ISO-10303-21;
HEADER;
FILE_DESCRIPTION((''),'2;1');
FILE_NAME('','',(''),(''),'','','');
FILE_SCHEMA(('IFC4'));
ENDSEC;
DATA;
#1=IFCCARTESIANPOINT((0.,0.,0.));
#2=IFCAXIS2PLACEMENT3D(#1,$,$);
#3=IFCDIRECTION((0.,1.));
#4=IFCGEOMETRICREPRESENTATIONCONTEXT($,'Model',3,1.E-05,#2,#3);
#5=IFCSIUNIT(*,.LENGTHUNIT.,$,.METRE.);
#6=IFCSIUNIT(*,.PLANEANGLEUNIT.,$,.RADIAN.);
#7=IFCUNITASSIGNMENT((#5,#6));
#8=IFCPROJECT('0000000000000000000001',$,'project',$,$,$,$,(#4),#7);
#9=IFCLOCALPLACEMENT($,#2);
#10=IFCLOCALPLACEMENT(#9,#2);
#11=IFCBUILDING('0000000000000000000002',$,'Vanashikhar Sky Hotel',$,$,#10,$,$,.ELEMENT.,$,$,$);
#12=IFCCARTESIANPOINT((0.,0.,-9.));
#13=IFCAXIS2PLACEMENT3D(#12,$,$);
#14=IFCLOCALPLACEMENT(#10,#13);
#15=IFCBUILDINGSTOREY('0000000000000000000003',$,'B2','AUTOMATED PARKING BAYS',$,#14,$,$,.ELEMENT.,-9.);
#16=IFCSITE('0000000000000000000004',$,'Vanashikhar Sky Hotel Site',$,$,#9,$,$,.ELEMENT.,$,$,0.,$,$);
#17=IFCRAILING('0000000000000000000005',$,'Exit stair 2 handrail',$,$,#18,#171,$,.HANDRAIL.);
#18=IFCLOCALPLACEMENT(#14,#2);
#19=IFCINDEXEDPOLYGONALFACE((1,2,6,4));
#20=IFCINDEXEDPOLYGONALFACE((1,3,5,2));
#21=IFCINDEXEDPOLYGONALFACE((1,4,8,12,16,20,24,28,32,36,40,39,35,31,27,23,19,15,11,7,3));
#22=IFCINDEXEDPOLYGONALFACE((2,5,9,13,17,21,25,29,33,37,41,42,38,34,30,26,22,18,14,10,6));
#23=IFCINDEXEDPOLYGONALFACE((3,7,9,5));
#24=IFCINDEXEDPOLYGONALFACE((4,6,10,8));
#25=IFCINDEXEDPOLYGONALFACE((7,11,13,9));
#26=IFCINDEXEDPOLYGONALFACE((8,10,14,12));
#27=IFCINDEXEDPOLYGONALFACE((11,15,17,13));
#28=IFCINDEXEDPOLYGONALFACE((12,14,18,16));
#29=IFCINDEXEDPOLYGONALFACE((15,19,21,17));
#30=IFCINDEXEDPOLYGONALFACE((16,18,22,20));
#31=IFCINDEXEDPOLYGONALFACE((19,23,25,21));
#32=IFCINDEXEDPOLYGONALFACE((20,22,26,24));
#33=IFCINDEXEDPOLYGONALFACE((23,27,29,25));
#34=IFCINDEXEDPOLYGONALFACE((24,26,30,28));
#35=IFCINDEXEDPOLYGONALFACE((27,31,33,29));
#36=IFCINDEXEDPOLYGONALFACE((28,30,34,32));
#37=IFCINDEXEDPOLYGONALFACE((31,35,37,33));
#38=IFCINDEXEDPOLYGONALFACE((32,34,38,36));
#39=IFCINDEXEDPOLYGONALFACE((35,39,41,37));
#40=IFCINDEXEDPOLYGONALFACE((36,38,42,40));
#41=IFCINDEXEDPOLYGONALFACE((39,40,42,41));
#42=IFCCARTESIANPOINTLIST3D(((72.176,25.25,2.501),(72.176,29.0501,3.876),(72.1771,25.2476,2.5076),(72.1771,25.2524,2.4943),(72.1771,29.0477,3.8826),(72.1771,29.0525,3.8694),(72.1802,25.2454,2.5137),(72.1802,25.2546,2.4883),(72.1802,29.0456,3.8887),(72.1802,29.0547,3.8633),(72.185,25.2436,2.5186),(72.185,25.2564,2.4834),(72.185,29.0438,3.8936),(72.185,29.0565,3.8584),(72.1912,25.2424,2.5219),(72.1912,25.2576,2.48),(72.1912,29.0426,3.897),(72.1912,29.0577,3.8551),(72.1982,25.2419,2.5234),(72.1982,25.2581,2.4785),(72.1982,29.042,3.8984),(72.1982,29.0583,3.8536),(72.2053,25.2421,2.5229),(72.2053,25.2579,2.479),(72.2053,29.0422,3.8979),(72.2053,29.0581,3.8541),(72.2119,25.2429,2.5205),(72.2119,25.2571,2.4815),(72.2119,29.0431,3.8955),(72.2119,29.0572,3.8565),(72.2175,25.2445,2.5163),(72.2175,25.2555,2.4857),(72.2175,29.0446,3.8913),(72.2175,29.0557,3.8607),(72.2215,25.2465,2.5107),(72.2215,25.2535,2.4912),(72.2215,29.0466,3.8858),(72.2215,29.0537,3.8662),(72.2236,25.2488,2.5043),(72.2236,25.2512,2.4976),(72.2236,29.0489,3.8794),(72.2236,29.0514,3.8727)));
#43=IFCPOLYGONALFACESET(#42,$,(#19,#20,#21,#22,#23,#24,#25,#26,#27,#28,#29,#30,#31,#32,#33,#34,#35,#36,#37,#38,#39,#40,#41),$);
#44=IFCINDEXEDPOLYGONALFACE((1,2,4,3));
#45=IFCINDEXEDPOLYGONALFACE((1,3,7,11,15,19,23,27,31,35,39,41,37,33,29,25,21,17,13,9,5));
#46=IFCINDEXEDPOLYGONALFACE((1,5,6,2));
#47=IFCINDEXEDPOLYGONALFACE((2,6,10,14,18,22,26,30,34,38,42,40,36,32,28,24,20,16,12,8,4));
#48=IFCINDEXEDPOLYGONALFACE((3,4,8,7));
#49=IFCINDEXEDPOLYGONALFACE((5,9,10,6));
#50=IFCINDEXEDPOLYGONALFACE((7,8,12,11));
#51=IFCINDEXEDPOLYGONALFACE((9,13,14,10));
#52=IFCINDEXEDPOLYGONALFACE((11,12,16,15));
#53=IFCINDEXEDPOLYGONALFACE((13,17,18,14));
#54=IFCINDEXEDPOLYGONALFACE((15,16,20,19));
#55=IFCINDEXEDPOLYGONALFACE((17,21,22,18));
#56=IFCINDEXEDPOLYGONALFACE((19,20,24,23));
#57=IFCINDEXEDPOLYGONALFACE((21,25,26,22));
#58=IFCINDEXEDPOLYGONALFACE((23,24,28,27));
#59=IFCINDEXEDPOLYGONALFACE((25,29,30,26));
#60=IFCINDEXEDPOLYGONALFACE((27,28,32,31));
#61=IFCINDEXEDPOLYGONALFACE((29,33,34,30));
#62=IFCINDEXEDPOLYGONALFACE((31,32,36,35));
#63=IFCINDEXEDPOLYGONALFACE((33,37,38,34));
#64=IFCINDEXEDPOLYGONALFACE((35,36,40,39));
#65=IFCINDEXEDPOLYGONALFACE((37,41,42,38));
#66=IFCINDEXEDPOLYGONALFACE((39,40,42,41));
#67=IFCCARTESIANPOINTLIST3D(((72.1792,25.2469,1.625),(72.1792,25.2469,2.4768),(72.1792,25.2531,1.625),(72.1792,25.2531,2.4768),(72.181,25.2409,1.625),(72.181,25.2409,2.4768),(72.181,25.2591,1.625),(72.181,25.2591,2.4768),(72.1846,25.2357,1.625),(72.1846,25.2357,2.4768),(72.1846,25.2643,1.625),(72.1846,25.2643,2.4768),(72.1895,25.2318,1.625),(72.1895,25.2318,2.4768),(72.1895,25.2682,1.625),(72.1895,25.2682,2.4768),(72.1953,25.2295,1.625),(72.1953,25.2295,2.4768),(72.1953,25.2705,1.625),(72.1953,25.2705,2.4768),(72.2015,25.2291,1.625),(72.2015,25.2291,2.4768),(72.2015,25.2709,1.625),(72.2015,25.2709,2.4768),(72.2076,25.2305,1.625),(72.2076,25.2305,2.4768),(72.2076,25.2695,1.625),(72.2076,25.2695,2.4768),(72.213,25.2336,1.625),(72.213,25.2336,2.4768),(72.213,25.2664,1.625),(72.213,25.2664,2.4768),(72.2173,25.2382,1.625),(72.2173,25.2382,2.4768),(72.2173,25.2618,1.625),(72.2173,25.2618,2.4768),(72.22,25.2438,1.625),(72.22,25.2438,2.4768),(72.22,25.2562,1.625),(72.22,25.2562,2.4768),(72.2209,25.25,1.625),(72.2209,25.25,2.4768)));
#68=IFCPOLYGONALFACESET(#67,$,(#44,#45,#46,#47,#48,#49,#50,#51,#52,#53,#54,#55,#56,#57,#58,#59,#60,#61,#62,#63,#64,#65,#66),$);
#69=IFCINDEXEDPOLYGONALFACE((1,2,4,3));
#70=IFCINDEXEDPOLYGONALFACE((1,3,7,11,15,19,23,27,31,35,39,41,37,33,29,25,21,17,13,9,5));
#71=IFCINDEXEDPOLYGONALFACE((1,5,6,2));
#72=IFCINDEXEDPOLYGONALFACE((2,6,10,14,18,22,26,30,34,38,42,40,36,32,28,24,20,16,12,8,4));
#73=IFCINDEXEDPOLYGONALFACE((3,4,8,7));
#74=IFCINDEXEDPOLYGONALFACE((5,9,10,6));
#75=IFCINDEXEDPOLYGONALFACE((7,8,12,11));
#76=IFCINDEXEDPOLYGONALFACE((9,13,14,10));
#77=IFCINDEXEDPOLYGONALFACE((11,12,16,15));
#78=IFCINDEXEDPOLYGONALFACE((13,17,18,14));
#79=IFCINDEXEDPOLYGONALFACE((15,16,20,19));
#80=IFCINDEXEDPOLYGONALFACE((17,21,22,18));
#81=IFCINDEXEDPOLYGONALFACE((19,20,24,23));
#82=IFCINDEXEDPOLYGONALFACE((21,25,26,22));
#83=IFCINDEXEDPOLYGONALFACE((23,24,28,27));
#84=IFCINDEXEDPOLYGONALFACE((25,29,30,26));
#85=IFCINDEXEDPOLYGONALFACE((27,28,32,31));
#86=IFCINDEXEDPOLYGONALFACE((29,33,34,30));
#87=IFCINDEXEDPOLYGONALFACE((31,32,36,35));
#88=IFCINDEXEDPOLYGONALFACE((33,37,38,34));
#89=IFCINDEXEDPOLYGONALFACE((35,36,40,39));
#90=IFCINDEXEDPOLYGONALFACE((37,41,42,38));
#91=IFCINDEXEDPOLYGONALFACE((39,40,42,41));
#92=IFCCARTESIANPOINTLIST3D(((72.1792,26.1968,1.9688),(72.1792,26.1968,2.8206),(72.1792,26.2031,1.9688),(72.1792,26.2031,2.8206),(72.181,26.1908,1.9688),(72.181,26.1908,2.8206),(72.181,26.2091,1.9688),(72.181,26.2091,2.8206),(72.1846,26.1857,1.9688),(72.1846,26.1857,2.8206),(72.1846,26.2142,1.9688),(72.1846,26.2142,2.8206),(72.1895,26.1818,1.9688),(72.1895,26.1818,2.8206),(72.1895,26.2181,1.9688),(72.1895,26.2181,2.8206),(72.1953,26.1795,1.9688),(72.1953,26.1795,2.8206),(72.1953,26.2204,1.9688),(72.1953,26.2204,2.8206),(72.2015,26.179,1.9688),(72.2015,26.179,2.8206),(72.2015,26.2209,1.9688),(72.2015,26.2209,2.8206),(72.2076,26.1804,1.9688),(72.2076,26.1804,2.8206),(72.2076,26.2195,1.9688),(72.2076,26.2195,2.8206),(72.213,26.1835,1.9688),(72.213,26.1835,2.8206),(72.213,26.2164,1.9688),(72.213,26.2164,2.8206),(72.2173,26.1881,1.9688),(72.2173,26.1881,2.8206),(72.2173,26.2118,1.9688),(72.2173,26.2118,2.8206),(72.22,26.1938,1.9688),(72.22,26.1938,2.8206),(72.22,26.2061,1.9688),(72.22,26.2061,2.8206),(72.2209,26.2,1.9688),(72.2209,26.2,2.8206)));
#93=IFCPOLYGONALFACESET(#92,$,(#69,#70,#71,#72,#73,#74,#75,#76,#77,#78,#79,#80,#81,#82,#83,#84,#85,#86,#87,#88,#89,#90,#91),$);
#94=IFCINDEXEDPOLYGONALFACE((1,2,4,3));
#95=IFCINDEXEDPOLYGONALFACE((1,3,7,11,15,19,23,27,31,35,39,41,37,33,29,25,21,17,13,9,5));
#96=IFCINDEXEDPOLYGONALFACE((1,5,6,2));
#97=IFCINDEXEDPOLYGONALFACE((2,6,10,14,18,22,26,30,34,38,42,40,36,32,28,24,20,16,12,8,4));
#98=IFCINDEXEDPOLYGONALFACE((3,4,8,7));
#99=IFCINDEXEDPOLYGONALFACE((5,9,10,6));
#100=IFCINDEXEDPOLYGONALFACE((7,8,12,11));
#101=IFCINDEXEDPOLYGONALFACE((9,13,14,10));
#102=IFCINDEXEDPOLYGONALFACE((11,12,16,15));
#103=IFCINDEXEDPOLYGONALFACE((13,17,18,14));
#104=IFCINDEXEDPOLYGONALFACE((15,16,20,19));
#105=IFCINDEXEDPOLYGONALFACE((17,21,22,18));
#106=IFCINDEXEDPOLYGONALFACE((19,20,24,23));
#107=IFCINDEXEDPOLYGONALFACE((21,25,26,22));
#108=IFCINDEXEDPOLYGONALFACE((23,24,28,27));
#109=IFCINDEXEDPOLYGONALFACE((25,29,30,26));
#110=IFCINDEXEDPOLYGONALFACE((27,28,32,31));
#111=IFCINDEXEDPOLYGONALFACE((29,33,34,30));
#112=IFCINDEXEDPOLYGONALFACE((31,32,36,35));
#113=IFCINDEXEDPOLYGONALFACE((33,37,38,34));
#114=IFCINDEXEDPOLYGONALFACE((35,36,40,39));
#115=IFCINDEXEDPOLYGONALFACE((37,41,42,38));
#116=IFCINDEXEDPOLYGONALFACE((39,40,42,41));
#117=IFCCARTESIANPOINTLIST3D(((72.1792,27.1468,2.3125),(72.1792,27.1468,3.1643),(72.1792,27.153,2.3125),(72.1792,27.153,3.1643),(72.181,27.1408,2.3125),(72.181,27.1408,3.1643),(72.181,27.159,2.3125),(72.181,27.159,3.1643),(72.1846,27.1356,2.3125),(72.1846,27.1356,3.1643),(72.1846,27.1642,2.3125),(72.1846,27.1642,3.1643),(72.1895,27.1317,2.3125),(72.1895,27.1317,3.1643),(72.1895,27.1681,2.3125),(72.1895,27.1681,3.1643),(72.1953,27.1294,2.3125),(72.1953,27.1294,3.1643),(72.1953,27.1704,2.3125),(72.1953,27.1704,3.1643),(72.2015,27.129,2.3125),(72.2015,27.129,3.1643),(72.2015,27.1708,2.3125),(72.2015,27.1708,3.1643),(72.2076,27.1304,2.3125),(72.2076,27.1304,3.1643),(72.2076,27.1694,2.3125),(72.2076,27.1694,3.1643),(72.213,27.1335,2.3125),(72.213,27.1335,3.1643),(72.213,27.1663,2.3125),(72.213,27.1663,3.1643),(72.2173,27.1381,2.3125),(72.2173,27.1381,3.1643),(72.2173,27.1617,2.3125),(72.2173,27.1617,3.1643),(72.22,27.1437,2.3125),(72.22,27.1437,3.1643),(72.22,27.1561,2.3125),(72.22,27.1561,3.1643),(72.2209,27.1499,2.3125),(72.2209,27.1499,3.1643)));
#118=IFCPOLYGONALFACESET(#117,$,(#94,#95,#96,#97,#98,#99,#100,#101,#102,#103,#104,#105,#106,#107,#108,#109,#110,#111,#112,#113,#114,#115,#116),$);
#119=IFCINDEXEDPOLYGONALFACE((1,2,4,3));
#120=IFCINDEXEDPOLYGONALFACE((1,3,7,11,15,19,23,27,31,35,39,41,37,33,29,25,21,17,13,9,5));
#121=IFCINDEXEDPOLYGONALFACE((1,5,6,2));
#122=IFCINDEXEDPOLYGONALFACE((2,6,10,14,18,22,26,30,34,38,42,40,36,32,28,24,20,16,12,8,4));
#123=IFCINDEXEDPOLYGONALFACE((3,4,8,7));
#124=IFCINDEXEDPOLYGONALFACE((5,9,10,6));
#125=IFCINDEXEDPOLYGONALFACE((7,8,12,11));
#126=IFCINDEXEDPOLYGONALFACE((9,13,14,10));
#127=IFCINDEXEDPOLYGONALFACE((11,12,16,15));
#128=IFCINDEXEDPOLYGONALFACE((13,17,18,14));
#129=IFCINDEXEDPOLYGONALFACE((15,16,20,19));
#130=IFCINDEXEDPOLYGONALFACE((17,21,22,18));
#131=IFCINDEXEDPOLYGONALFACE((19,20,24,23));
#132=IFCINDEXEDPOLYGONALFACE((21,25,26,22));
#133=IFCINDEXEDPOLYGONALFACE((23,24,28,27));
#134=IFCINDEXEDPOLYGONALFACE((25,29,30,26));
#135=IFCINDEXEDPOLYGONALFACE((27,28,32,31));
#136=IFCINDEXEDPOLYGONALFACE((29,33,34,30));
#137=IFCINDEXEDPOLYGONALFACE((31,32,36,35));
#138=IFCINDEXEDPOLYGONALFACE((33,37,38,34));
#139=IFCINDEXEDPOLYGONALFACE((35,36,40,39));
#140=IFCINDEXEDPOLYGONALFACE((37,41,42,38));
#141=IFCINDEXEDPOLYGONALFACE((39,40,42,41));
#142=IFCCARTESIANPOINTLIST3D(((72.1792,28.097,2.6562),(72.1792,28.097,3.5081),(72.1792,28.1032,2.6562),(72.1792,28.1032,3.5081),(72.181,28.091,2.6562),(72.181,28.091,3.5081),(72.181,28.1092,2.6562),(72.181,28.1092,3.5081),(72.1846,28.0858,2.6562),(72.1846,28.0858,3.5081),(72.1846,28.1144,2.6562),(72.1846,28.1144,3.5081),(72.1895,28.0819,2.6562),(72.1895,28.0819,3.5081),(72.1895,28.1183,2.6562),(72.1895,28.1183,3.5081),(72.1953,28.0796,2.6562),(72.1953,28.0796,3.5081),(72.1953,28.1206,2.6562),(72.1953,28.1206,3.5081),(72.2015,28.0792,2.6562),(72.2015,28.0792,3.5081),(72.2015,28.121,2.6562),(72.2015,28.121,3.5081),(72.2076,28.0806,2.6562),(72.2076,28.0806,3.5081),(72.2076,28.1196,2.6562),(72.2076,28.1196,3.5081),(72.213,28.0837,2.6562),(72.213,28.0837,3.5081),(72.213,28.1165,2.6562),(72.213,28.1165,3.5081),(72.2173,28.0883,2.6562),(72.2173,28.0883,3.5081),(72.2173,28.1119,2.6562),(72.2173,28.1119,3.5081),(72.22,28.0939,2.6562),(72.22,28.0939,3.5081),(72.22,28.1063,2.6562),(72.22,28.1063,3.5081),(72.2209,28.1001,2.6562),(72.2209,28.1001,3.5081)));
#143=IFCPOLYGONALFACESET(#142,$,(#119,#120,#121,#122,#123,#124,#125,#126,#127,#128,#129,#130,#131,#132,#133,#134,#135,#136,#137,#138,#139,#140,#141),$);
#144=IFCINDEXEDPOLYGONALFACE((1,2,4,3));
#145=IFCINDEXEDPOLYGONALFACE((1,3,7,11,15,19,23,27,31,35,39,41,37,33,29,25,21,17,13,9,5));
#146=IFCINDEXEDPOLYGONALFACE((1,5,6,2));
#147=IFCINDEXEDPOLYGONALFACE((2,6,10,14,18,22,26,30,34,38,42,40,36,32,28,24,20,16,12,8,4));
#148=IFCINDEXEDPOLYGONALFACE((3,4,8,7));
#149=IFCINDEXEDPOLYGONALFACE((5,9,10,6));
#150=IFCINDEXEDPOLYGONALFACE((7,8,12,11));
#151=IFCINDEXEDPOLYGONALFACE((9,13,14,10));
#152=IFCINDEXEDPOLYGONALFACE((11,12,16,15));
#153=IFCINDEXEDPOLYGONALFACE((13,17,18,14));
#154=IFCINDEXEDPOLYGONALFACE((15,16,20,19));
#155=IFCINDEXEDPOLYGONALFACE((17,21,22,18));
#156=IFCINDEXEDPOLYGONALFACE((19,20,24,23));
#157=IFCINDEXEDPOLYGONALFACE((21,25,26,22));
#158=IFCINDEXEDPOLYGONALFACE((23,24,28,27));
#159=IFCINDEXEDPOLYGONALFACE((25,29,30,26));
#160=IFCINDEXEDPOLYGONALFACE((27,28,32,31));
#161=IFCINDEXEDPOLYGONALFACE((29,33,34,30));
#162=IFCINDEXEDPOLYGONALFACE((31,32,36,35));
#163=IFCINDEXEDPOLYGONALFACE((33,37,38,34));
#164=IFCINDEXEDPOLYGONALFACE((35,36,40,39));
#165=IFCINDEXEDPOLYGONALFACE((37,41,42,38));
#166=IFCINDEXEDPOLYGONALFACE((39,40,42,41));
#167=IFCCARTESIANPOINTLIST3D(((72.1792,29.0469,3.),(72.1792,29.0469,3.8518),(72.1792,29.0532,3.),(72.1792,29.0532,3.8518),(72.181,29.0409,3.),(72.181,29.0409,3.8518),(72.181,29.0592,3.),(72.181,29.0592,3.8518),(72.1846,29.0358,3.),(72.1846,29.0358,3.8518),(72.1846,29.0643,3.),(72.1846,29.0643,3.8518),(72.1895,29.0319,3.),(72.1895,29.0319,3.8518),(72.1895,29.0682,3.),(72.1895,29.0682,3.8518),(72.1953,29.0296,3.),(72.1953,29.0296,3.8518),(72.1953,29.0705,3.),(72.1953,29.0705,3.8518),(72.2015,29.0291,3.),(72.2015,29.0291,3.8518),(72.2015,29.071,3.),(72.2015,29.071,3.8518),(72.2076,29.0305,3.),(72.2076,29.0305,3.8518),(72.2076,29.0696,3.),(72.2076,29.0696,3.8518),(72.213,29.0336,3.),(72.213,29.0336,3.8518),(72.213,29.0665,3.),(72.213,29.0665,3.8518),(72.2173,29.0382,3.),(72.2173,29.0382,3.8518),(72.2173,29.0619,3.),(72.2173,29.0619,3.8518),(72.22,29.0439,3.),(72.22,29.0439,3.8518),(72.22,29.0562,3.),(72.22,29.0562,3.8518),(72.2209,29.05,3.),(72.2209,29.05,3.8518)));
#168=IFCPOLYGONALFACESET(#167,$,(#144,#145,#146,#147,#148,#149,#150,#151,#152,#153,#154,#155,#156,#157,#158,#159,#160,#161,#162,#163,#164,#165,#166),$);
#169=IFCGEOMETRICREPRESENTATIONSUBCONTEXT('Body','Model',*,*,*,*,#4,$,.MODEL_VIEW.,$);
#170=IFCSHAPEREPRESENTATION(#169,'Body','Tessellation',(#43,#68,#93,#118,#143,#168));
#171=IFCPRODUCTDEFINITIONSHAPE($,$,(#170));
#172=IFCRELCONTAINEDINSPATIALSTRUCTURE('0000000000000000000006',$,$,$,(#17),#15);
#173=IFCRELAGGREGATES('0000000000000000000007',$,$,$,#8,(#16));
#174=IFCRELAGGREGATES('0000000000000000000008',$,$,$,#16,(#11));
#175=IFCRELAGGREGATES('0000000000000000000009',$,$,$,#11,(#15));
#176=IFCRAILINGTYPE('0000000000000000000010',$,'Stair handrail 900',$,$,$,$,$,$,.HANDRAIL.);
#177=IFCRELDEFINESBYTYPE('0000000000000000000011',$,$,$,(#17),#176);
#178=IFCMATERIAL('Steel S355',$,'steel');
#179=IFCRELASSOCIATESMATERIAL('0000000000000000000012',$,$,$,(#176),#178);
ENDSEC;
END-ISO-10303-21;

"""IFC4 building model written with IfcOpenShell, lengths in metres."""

from ifc_helpers import new_model, si_unit, direction, frame, origin, origin_2d, place, context, subcontext, project, spatial, circle, extrude, source, transform, mapped, material, type_object, element, save


model = new_model("IFC4")

# Units and contexts
model_context = context("Model", 3, precision=1e-05, world=origin(), true_north=direction((0.0, 1.0)))
body_context = subcontext(model_context, "Body", "Model", "MODEL_VIEW")
ifc_project = project(units=[si_unit("LENGTHUNIT", "METRE"), si_unit("PLANEANGLEUNIT", "RADIAN")], contexts=[model_context])

# Site, building, storey
site_placement = place(None, origin())
site = spatial("IfcSite", under=ifc_project, at=site_placement, Name="Vanashikhar Sky Hotel Site", CompositionType="ELEMENT", RefElevation=0.0)
building_placement = place(site_placement, origin())
building = spatial("IfcBuilding", under=site, at=building_placement, Name="Vanashikhar Sky Hotel", CompositionType="ELEMENT")
storey_placement = place(building_placement, frame((0.0, 0.0, -9.0)))
storey = spatial("IfcBuildingStorey", under=building, at=storey_placement, Name="B2", Description="AUTOMATED PARKING BAYS", CompositionType="ELEMENT", Elevation=-9.0)

# Railing
ifc_material_1 = material(Name="Steel S355", Category="steel")
railing_type_1 = type_object("IfcRailingType", Name="Stair handrail 900", PredefinedType="HANDRAIL", material=ifc_material_1)
shared_shape_1 = source(origin(), body_context, "Body", "SweptSolid", [
    extrude(circle(Radius=0.0239, at=origin_2d()), frame((0.0, 0.0, 0.876), z_axis=(0.0, 0.940336, 0.340249), x_axis=(-1.0, 0.0, 0.0)), (0.0, 0.0, 1.0), 4.0413),
    extrude(circle(Radius=0.021, at=origin_2d()), origin(), (0.0, 0.0, 1.0), 0.8518),
    extrude(circle(Radius=0.021, at=origin_2d()), frame((0.0, 0.95, 0.3438)), (0.0, 0.0, 1.0), 0.8518),
    extrude(circle(Radius=0.021, at=origin_2d()), frame((0.0, 1.8999, 0.6875)), (0.0, 0.0, 1.0), 0.8518),
    extrude(circle(Radius=0.021, at=origin_2d()), frame((0.0, 2.8501, 1.0312)), (0.0, 0.0, 1.0), 0.8518),
    extrude(circle(Radius=0.021, at=origin_2d()), frame((0.0, 3.8, 1.375)), (0.0, 0.0, 1.0), 0.8518),
])
for number, where, name in (
    (1, (72.2, 25.25, 1.625), "Exit stair 2 handrail"),
):
    element("IfcRailing", number, at=place(storey_placement, frame(where)), inside=storey, type_object=railing_type_1, Name=name, PredefinedType="HANDRAIL", context=body_context, shape_type="MappedRepresentation", body=[
        mapped(shared_shape_1, transform((0.0, 0.0, 0.0), scale=1.0)),
    ])

save(model, "model.ifc")
